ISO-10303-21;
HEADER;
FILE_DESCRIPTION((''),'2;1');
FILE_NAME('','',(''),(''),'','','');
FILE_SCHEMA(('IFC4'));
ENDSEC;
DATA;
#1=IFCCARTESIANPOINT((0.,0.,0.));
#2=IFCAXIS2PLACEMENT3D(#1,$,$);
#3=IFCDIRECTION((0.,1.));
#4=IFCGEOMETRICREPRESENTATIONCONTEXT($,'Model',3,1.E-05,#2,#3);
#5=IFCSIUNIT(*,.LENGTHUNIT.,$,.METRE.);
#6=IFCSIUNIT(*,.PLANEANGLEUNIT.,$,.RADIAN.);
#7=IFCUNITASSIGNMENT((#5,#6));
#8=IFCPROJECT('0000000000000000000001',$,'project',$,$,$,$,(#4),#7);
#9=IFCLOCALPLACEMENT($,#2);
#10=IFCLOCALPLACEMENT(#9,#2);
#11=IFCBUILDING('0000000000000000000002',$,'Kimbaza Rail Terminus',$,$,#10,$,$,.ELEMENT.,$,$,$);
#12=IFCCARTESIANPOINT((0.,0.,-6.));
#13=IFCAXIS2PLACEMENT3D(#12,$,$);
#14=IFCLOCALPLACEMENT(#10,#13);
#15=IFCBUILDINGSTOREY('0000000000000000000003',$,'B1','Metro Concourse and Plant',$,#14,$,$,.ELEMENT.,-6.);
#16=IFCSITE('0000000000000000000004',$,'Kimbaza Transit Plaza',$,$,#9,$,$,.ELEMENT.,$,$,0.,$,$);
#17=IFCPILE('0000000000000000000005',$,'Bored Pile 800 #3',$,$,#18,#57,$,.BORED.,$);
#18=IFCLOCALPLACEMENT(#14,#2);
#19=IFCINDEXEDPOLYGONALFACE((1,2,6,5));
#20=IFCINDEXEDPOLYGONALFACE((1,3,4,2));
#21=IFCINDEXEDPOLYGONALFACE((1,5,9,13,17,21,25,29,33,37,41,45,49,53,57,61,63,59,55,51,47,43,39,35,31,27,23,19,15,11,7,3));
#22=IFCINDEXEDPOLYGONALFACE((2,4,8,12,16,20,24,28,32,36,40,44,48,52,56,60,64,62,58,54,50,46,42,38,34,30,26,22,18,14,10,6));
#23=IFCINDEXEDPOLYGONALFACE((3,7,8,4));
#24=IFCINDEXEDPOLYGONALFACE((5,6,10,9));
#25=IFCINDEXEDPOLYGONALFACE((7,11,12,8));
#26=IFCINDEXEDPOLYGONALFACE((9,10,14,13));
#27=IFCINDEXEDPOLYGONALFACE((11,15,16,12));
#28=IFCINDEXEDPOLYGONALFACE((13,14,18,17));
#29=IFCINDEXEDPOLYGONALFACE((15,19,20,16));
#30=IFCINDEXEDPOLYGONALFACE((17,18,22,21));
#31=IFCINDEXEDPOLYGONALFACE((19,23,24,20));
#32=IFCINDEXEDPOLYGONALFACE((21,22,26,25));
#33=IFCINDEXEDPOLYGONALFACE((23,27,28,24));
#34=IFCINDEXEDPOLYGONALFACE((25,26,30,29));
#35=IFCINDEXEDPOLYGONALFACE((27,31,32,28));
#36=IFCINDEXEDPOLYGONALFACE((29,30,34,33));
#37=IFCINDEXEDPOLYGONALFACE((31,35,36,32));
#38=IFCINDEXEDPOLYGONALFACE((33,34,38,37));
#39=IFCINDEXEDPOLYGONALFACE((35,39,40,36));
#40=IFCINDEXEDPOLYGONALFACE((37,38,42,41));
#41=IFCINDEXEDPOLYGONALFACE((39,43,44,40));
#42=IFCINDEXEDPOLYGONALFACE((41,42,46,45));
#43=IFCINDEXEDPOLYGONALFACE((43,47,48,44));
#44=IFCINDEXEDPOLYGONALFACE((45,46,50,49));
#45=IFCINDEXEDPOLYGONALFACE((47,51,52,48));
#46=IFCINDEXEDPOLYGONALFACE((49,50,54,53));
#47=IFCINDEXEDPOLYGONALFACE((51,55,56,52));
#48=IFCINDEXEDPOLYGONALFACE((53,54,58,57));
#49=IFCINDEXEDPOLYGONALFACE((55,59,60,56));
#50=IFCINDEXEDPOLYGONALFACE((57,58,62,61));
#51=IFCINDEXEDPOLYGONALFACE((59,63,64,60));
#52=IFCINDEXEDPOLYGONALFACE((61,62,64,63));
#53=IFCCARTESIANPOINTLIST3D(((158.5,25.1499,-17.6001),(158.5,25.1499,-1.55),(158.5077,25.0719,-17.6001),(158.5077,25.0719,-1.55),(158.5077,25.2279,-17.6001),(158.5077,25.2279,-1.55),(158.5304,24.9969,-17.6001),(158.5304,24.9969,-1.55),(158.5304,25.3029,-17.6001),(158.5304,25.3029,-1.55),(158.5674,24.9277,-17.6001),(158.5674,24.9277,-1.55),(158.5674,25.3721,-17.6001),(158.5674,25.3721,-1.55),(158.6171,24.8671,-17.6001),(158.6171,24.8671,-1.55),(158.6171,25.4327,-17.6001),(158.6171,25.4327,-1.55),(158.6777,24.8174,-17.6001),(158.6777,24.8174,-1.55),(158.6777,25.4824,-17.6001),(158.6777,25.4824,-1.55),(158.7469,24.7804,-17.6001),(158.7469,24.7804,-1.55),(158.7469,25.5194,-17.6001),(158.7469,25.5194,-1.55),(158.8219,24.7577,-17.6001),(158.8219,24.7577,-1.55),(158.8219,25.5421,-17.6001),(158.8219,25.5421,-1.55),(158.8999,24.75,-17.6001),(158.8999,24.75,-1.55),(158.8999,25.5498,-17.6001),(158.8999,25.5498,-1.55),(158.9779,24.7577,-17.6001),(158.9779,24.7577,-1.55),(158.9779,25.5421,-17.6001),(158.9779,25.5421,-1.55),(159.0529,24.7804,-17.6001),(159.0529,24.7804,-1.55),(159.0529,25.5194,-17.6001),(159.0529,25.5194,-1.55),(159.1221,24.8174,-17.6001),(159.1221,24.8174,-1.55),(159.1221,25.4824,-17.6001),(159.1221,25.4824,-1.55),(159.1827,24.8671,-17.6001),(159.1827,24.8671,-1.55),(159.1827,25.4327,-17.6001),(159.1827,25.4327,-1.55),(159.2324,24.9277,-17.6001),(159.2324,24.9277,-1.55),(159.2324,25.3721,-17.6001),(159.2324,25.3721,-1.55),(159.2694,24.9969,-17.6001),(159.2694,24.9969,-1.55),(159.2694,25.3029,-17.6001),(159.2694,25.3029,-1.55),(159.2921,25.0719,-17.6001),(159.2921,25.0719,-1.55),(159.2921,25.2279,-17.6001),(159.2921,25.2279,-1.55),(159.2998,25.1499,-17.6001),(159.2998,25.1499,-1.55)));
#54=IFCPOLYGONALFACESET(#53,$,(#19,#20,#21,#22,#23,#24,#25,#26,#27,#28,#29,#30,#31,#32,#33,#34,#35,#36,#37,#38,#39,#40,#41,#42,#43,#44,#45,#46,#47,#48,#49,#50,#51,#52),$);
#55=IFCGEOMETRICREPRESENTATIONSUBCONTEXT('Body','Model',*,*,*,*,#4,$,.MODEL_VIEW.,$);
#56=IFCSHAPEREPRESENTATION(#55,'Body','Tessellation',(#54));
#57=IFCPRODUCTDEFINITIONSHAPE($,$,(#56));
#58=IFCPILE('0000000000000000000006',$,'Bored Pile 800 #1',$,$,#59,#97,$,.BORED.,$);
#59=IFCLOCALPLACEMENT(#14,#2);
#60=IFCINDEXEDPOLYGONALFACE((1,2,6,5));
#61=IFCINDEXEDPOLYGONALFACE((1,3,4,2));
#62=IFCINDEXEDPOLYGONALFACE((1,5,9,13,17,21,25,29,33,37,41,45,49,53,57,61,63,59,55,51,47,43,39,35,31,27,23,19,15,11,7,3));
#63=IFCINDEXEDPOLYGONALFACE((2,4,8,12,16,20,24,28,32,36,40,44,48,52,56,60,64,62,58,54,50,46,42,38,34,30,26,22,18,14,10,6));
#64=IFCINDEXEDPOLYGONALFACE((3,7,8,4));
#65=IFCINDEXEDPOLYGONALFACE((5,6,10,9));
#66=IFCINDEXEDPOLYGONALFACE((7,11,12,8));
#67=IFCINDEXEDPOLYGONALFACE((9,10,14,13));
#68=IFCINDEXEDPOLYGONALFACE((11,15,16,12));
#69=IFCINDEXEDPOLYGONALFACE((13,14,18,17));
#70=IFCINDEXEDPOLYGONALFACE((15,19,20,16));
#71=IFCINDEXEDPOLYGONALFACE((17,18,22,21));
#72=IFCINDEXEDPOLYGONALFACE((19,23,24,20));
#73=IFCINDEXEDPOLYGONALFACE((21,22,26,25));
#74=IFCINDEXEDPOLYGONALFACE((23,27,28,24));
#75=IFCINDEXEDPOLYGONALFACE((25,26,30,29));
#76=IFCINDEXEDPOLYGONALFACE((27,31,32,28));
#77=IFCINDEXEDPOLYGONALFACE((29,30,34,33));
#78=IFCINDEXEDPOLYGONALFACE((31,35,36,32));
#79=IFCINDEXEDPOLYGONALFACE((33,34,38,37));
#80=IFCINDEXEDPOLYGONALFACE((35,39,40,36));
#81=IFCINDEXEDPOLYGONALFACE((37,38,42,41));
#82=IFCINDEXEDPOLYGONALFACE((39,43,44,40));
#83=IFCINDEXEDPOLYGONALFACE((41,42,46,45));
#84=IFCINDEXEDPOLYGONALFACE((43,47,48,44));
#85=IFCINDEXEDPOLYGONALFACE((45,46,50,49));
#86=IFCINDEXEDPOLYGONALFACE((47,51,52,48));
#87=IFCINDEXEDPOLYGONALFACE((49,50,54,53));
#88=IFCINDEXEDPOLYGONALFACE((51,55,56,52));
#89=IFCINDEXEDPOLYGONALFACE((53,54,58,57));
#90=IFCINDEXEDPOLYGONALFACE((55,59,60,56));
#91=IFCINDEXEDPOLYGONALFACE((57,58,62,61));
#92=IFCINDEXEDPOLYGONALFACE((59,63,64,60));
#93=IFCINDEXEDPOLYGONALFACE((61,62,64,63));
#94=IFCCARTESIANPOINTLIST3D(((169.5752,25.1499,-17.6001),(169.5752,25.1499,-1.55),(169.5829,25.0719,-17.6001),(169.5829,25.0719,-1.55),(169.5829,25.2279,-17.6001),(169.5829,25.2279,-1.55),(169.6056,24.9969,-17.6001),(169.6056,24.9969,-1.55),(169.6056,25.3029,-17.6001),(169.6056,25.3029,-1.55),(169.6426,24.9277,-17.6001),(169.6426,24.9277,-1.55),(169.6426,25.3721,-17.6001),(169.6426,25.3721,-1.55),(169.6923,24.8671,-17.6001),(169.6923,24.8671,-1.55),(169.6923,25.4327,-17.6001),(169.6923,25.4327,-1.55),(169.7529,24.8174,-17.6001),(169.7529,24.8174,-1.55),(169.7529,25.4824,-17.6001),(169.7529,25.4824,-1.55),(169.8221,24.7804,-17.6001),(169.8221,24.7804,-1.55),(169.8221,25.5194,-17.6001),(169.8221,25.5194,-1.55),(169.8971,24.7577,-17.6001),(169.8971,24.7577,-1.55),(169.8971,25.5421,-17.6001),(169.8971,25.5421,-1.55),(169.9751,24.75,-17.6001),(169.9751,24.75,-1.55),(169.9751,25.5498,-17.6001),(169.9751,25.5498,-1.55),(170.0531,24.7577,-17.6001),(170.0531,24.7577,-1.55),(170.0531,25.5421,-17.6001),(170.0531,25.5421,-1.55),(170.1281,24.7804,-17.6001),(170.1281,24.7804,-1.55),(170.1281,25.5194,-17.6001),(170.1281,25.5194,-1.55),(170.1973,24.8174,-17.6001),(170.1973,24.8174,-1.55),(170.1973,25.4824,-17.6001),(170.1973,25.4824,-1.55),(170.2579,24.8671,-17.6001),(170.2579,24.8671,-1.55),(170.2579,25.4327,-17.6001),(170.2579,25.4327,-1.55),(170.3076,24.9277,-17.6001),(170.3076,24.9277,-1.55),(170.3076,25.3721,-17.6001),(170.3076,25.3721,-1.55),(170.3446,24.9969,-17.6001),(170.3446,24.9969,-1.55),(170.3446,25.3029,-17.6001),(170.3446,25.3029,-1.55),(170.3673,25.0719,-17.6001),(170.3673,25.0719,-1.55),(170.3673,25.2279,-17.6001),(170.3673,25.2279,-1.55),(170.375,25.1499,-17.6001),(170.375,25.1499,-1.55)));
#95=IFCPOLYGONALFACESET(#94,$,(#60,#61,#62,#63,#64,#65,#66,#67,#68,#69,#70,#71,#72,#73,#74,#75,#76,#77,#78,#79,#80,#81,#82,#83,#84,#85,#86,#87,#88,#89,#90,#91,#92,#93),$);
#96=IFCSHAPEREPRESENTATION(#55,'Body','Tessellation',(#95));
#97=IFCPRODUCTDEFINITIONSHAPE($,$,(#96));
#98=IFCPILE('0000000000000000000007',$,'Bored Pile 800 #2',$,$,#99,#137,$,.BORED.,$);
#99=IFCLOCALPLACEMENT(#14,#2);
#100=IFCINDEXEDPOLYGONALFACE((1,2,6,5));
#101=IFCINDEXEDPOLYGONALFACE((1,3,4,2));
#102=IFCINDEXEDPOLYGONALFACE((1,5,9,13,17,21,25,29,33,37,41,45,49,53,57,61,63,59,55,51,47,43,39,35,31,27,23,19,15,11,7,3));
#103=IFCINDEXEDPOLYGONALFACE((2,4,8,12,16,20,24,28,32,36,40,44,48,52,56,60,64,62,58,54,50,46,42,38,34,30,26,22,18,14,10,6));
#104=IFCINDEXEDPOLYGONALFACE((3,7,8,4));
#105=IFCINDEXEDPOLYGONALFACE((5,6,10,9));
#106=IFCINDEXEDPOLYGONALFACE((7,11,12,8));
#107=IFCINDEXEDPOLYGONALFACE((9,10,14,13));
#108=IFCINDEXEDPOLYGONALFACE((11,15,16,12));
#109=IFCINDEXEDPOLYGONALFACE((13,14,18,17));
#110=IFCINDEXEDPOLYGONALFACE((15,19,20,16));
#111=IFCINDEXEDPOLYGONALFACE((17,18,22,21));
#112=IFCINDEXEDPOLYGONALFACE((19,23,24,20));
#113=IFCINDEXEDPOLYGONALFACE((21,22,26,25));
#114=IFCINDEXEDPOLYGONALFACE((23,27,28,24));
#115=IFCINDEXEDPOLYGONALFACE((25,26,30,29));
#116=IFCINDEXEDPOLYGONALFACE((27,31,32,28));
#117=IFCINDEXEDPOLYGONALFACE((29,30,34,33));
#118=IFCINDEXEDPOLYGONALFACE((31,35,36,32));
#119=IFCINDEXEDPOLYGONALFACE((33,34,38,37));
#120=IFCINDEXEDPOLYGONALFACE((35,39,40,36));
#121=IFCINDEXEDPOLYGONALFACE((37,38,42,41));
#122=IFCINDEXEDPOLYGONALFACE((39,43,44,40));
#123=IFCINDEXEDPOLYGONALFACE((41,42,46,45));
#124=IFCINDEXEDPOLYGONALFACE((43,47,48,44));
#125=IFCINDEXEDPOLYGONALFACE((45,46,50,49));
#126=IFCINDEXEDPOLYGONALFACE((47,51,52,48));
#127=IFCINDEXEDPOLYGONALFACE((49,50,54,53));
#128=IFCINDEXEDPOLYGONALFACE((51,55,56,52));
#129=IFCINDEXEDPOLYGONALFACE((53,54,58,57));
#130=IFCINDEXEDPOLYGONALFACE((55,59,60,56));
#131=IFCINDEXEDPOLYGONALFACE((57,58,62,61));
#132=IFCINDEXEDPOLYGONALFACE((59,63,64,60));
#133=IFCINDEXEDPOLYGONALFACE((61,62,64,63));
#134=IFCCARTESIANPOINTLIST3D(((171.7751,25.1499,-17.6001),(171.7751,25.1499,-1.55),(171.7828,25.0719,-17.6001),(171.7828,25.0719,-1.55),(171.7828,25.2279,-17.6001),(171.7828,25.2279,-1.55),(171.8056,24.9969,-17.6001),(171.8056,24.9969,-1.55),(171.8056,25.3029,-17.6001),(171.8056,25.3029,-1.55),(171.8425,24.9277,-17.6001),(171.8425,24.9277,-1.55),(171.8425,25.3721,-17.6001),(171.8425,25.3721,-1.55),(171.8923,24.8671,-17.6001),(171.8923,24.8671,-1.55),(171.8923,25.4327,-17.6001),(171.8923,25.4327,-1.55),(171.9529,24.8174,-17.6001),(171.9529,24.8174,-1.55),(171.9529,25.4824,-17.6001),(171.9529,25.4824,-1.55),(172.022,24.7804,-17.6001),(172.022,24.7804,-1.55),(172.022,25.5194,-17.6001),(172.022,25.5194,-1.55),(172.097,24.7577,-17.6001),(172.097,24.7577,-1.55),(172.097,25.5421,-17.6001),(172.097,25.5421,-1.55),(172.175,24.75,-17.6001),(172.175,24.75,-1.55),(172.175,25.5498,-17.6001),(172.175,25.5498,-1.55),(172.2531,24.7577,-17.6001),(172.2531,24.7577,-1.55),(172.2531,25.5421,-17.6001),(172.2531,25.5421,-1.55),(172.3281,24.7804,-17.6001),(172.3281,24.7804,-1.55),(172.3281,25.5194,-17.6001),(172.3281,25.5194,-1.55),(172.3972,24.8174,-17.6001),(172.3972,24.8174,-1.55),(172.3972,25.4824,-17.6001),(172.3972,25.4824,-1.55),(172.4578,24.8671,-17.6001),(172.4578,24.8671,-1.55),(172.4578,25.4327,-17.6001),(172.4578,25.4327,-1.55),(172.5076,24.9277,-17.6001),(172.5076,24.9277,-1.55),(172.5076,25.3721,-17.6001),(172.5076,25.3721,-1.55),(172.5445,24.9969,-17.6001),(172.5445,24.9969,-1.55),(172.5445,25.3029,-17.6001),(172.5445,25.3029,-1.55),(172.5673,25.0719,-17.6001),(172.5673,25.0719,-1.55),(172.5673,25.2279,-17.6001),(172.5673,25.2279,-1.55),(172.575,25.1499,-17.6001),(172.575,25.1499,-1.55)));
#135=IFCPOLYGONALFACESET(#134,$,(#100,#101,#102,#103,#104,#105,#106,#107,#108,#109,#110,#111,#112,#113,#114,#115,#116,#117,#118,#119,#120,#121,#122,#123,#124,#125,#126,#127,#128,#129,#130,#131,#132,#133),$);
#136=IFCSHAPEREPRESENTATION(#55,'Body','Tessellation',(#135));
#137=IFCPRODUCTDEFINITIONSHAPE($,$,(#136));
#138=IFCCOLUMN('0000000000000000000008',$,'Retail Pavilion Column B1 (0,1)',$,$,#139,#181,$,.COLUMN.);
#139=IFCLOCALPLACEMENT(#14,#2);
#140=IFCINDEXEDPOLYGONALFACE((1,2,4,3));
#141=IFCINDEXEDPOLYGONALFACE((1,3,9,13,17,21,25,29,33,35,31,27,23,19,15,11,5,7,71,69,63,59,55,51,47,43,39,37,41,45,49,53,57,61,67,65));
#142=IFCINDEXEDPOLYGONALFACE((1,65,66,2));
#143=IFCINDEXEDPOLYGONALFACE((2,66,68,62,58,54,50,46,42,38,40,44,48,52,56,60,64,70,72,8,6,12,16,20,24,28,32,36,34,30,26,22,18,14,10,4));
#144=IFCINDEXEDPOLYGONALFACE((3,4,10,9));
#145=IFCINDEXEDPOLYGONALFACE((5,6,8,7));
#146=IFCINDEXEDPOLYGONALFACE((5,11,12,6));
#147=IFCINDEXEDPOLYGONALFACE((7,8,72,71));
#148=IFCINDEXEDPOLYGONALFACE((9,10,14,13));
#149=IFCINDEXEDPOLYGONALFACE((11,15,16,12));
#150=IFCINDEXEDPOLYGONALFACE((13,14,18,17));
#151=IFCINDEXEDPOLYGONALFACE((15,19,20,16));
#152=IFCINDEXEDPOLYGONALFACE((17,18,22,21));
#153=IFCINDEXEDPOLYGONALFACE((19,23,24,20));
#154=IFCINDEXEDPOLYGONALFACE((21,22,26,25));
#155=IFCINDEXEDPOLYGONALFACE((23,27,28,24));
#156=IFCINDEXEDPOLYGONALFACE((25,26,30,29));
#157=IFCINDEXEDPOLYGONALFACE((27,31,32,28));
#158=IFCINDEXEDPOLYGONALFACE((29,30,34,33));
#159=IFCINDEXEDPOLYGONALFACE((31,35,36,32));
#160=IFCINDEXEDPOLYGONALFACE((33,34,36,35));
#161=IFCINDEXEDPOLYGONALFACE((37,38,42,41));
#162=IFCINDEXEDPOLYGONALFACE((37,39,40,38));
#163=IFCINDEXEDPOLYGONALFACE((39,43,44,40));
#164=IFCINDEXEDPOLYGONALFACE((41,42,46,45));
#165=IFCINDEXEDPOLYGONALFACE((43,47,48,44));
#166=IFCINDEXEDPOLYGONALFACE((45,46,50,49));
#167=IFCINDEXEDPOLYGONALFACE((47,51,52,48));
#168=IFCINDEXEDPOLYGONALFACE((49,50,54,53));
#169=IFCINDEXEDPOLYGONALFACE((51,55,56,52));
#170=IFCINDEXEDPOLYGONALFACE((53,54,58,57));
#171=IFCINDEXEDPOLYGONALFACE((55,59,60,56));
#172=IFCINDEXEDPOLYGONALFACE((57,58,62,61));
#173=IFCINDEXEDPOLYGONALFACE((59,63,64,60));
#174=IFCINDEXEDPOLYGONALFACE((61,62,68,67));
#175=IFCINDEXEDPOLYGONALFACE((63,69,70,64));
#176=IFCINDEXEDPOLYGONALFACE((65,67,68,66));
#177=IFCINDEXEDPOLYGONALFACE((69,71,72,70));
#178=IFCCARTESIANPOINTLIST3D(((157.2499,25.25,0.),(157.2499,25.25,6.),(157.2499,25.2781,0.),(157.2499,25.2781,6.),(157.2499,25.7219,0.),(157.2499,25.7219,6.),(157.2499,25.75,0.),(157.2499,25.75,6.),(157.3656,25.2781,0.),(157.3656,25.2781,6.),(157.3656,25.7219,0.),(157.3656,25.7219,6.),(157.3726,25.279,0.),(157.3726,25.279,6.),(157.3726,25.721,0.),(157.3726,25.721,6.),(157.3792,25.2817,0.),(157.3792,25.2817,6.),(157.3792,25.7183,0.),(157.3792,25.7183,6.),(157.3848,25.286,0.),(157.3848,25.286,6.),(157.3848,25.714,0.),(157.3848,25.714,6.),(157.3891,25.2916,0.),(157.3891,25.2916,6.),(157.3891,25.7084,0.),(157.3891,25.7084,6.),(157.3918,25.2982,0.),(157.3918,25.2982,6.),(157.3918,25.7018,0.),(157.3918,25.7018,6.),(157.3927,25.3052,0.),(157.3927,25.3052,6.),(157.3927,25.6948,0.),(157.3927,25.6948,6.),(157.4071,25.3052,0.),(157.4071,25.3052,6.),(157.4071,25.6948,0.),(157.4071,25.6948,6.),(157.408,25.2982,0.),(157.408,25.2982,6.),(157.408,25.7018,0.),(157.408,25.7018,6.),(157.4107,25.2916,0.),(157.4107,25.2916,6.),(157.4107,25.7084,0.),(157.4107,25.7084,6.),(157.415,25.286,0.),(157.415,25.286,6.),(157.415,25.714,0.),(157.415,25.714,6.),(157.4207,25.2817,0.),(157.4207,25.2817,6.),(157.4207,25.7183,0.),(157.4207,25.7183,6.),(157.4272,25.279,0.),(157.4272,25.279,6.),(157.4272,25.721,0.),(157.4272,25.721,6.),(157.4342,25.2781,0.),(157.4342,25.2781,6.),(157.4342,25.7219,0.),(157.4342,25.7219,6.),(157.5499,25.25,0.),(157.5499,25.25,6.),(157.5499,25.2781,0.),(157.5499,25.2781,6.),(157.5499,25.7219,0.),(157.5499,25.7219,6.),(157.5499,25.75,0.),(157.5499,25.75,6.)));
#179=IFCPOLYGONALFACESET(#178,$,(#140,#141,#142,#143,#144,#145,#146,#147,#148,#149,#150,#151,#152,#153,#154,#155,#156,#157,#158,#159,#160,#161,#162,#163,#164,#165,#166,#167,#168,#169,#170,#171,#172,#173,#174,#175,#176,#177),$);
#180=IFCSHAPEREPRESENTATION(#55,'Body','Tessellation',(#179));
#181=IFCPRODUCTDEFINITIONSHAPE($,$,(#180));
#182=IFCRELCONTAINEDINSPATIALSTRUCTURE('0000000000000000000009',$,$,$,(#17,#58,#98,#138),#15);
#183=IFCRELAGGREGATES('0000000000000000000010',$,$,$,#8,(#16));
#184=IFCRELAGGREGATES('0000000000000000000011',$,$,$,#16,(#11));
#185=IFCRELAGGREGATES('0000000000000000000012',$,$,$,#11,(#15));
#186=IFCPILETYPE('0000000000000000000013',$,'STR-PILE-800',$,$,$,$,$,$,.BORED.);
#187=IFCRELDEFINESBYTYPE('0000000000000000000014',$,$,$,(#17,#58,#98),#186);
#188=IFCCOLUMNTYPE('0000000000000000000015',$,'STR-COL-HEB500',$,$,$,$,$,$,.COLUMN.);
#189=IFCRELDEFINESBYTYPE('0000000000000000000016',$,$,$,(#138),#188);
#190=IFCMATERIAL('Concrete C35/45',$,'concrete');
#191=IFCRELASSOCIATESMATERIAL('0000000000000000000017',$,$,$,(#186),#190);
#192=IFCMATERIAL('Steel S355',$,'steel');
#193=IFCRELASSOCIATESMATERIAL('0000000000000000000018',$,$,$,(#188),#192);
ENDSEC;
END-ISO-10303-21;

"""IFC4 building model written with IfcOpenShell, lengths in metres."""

from ifc_helpers import new_model, si_unit, direction, frame, origin, origin_2d, place, context, subcontext, project, spatial, circle, i_section, extrude, material, material_profile, profile_set, type_object, element, save


model = new_model("IFC4")

# Units and contexts
model_context = context("Model", 3, precision=1e-05, world=origin(), true_north=direction((0.0, 1.0)))
body_context = subcontext(model_context, "Body", "Model", "MODEL_VIEW")
ifc_project = project(units=[si_unit("LENGTHUNIT", "METRE"), si_unit("PLANEANGLEUNIT", "RADIAN")], contexts=[model_context])

# Site, building, storey
site_placement = place(None, origin())
site = spatial("IfcSite", under=ifc_project, at=site_placement, Name="Kimbaza Transit Plaza", CompositionType="ELEMENT", RefElevation=0.0)
building_placement = place(site_placement, origin())
building = spatial("IfcBuilding", under=site, at=building_placement, Name="Kimbaza Rail Terminus", CompositionType="ELEMENT")
storey_placement = place(building_placement, frame((0.0, 0.0, -6.0)))
storey = spatial("IfcBuildingStorey", under=building, at=storey_placement, Name="B1", Description="Metro Concourse and Plant", CompositionType="ELEMENT", Elevation=-6.0)

# Piles
ifc_material_1 = material(Name="Concrete C35/45", Category="concrete")
ifc_material_profile_1 = material_profile(ifc_material_1, circle(Radius=0.3999, at=origin_2d()), Name="BORED PILE 800")
ifc_profile_set_1 = profile_set([ifc_material_profile_1], Name="Concrete C35/45")
pile_type_1 = type_object("IfcPileType", Name="STR-PILE-800", PredefinedType="BORED", material=ifc_profile_set_1)
for number, where, z_axis, x_axis, name in (
    (1, (158.8999, 25.1499, -1.55), (0.0, 0.0, -1.0), (1.0, 0.0, 0.0), "Bored Pile 800 #3"),
    (2, (169.9751, 25.1499, -1.55), (0.0, 0.0, -1.0), (1.0, 0.0, 0.0), "Bored Pile 800 #1"),
    (3, (172.175, 25.1499, -1.55), (0.0, 0.0, -1.0), (1.0, 0.0, 0.0), "Bored Pile 800 #2"),
):
    element("IfcPile", number, at=place(storey_placement, frame(where, z_axis=z_axis, x_axis=x_axis)), inside=storey, type_object=pile_type_1, Name=name, PredefinedType="BORED", context=body_context, shape_type="SweptSolid", body=[
        extrude(circle(Radius=0.3999, at=origin_2d()), origin(), (0.0, 0.0, 1.0), 16.05),
    ])

# Column
ifc_material_2 = material(Name="Steel S355", Category="steel")
ifc_material_profile_2 = material_profile(ifc_material_2, i_section(OverallWidth=0.3, OverallDepth=0.5, WebThickness=0.0144, FlangeThickness=0.0281, FilletRadius=0.0271, at=origin_2d()), Name="HEB 500")
ifc_profile_set_2 = profile_set([ifc_material_profile_2], Name="Steel S355")
column_type_1 = type_object("IfcColumnType", Name="STR-COL-HEB500", PredefinedType="COLUMN", material=ifc_profile_set_2)
for number, where, z_axis, x_axis, name in (
    (4, (157.3999, 25.5, 0.0), (0.0, 0.0, 1.0), (1.0, 0.0, 0.0), "Retail Pavilion Column B1 (0,1)"),
):
    element("IfcColumn", number, at=place(storey_placement, frame(where, z_axis=z_axis, x_axis=x_axis)), inside=storey, type_object=column_type_1, Name=name, PredefinedType="COLUMN", context=body_context, shape_type="SweptSolid", body=[
        extrude(i_section(OverallWidth=0.3, OverallDepth=0.5, WebThickness=0.0144, FlangeThickness=0.0281, FilletRadius=0.0271, at=origin_2d()), origin(), (0.0, 0.0, 1.0), 6.0),
    ])

save(model, "model.ifc")
